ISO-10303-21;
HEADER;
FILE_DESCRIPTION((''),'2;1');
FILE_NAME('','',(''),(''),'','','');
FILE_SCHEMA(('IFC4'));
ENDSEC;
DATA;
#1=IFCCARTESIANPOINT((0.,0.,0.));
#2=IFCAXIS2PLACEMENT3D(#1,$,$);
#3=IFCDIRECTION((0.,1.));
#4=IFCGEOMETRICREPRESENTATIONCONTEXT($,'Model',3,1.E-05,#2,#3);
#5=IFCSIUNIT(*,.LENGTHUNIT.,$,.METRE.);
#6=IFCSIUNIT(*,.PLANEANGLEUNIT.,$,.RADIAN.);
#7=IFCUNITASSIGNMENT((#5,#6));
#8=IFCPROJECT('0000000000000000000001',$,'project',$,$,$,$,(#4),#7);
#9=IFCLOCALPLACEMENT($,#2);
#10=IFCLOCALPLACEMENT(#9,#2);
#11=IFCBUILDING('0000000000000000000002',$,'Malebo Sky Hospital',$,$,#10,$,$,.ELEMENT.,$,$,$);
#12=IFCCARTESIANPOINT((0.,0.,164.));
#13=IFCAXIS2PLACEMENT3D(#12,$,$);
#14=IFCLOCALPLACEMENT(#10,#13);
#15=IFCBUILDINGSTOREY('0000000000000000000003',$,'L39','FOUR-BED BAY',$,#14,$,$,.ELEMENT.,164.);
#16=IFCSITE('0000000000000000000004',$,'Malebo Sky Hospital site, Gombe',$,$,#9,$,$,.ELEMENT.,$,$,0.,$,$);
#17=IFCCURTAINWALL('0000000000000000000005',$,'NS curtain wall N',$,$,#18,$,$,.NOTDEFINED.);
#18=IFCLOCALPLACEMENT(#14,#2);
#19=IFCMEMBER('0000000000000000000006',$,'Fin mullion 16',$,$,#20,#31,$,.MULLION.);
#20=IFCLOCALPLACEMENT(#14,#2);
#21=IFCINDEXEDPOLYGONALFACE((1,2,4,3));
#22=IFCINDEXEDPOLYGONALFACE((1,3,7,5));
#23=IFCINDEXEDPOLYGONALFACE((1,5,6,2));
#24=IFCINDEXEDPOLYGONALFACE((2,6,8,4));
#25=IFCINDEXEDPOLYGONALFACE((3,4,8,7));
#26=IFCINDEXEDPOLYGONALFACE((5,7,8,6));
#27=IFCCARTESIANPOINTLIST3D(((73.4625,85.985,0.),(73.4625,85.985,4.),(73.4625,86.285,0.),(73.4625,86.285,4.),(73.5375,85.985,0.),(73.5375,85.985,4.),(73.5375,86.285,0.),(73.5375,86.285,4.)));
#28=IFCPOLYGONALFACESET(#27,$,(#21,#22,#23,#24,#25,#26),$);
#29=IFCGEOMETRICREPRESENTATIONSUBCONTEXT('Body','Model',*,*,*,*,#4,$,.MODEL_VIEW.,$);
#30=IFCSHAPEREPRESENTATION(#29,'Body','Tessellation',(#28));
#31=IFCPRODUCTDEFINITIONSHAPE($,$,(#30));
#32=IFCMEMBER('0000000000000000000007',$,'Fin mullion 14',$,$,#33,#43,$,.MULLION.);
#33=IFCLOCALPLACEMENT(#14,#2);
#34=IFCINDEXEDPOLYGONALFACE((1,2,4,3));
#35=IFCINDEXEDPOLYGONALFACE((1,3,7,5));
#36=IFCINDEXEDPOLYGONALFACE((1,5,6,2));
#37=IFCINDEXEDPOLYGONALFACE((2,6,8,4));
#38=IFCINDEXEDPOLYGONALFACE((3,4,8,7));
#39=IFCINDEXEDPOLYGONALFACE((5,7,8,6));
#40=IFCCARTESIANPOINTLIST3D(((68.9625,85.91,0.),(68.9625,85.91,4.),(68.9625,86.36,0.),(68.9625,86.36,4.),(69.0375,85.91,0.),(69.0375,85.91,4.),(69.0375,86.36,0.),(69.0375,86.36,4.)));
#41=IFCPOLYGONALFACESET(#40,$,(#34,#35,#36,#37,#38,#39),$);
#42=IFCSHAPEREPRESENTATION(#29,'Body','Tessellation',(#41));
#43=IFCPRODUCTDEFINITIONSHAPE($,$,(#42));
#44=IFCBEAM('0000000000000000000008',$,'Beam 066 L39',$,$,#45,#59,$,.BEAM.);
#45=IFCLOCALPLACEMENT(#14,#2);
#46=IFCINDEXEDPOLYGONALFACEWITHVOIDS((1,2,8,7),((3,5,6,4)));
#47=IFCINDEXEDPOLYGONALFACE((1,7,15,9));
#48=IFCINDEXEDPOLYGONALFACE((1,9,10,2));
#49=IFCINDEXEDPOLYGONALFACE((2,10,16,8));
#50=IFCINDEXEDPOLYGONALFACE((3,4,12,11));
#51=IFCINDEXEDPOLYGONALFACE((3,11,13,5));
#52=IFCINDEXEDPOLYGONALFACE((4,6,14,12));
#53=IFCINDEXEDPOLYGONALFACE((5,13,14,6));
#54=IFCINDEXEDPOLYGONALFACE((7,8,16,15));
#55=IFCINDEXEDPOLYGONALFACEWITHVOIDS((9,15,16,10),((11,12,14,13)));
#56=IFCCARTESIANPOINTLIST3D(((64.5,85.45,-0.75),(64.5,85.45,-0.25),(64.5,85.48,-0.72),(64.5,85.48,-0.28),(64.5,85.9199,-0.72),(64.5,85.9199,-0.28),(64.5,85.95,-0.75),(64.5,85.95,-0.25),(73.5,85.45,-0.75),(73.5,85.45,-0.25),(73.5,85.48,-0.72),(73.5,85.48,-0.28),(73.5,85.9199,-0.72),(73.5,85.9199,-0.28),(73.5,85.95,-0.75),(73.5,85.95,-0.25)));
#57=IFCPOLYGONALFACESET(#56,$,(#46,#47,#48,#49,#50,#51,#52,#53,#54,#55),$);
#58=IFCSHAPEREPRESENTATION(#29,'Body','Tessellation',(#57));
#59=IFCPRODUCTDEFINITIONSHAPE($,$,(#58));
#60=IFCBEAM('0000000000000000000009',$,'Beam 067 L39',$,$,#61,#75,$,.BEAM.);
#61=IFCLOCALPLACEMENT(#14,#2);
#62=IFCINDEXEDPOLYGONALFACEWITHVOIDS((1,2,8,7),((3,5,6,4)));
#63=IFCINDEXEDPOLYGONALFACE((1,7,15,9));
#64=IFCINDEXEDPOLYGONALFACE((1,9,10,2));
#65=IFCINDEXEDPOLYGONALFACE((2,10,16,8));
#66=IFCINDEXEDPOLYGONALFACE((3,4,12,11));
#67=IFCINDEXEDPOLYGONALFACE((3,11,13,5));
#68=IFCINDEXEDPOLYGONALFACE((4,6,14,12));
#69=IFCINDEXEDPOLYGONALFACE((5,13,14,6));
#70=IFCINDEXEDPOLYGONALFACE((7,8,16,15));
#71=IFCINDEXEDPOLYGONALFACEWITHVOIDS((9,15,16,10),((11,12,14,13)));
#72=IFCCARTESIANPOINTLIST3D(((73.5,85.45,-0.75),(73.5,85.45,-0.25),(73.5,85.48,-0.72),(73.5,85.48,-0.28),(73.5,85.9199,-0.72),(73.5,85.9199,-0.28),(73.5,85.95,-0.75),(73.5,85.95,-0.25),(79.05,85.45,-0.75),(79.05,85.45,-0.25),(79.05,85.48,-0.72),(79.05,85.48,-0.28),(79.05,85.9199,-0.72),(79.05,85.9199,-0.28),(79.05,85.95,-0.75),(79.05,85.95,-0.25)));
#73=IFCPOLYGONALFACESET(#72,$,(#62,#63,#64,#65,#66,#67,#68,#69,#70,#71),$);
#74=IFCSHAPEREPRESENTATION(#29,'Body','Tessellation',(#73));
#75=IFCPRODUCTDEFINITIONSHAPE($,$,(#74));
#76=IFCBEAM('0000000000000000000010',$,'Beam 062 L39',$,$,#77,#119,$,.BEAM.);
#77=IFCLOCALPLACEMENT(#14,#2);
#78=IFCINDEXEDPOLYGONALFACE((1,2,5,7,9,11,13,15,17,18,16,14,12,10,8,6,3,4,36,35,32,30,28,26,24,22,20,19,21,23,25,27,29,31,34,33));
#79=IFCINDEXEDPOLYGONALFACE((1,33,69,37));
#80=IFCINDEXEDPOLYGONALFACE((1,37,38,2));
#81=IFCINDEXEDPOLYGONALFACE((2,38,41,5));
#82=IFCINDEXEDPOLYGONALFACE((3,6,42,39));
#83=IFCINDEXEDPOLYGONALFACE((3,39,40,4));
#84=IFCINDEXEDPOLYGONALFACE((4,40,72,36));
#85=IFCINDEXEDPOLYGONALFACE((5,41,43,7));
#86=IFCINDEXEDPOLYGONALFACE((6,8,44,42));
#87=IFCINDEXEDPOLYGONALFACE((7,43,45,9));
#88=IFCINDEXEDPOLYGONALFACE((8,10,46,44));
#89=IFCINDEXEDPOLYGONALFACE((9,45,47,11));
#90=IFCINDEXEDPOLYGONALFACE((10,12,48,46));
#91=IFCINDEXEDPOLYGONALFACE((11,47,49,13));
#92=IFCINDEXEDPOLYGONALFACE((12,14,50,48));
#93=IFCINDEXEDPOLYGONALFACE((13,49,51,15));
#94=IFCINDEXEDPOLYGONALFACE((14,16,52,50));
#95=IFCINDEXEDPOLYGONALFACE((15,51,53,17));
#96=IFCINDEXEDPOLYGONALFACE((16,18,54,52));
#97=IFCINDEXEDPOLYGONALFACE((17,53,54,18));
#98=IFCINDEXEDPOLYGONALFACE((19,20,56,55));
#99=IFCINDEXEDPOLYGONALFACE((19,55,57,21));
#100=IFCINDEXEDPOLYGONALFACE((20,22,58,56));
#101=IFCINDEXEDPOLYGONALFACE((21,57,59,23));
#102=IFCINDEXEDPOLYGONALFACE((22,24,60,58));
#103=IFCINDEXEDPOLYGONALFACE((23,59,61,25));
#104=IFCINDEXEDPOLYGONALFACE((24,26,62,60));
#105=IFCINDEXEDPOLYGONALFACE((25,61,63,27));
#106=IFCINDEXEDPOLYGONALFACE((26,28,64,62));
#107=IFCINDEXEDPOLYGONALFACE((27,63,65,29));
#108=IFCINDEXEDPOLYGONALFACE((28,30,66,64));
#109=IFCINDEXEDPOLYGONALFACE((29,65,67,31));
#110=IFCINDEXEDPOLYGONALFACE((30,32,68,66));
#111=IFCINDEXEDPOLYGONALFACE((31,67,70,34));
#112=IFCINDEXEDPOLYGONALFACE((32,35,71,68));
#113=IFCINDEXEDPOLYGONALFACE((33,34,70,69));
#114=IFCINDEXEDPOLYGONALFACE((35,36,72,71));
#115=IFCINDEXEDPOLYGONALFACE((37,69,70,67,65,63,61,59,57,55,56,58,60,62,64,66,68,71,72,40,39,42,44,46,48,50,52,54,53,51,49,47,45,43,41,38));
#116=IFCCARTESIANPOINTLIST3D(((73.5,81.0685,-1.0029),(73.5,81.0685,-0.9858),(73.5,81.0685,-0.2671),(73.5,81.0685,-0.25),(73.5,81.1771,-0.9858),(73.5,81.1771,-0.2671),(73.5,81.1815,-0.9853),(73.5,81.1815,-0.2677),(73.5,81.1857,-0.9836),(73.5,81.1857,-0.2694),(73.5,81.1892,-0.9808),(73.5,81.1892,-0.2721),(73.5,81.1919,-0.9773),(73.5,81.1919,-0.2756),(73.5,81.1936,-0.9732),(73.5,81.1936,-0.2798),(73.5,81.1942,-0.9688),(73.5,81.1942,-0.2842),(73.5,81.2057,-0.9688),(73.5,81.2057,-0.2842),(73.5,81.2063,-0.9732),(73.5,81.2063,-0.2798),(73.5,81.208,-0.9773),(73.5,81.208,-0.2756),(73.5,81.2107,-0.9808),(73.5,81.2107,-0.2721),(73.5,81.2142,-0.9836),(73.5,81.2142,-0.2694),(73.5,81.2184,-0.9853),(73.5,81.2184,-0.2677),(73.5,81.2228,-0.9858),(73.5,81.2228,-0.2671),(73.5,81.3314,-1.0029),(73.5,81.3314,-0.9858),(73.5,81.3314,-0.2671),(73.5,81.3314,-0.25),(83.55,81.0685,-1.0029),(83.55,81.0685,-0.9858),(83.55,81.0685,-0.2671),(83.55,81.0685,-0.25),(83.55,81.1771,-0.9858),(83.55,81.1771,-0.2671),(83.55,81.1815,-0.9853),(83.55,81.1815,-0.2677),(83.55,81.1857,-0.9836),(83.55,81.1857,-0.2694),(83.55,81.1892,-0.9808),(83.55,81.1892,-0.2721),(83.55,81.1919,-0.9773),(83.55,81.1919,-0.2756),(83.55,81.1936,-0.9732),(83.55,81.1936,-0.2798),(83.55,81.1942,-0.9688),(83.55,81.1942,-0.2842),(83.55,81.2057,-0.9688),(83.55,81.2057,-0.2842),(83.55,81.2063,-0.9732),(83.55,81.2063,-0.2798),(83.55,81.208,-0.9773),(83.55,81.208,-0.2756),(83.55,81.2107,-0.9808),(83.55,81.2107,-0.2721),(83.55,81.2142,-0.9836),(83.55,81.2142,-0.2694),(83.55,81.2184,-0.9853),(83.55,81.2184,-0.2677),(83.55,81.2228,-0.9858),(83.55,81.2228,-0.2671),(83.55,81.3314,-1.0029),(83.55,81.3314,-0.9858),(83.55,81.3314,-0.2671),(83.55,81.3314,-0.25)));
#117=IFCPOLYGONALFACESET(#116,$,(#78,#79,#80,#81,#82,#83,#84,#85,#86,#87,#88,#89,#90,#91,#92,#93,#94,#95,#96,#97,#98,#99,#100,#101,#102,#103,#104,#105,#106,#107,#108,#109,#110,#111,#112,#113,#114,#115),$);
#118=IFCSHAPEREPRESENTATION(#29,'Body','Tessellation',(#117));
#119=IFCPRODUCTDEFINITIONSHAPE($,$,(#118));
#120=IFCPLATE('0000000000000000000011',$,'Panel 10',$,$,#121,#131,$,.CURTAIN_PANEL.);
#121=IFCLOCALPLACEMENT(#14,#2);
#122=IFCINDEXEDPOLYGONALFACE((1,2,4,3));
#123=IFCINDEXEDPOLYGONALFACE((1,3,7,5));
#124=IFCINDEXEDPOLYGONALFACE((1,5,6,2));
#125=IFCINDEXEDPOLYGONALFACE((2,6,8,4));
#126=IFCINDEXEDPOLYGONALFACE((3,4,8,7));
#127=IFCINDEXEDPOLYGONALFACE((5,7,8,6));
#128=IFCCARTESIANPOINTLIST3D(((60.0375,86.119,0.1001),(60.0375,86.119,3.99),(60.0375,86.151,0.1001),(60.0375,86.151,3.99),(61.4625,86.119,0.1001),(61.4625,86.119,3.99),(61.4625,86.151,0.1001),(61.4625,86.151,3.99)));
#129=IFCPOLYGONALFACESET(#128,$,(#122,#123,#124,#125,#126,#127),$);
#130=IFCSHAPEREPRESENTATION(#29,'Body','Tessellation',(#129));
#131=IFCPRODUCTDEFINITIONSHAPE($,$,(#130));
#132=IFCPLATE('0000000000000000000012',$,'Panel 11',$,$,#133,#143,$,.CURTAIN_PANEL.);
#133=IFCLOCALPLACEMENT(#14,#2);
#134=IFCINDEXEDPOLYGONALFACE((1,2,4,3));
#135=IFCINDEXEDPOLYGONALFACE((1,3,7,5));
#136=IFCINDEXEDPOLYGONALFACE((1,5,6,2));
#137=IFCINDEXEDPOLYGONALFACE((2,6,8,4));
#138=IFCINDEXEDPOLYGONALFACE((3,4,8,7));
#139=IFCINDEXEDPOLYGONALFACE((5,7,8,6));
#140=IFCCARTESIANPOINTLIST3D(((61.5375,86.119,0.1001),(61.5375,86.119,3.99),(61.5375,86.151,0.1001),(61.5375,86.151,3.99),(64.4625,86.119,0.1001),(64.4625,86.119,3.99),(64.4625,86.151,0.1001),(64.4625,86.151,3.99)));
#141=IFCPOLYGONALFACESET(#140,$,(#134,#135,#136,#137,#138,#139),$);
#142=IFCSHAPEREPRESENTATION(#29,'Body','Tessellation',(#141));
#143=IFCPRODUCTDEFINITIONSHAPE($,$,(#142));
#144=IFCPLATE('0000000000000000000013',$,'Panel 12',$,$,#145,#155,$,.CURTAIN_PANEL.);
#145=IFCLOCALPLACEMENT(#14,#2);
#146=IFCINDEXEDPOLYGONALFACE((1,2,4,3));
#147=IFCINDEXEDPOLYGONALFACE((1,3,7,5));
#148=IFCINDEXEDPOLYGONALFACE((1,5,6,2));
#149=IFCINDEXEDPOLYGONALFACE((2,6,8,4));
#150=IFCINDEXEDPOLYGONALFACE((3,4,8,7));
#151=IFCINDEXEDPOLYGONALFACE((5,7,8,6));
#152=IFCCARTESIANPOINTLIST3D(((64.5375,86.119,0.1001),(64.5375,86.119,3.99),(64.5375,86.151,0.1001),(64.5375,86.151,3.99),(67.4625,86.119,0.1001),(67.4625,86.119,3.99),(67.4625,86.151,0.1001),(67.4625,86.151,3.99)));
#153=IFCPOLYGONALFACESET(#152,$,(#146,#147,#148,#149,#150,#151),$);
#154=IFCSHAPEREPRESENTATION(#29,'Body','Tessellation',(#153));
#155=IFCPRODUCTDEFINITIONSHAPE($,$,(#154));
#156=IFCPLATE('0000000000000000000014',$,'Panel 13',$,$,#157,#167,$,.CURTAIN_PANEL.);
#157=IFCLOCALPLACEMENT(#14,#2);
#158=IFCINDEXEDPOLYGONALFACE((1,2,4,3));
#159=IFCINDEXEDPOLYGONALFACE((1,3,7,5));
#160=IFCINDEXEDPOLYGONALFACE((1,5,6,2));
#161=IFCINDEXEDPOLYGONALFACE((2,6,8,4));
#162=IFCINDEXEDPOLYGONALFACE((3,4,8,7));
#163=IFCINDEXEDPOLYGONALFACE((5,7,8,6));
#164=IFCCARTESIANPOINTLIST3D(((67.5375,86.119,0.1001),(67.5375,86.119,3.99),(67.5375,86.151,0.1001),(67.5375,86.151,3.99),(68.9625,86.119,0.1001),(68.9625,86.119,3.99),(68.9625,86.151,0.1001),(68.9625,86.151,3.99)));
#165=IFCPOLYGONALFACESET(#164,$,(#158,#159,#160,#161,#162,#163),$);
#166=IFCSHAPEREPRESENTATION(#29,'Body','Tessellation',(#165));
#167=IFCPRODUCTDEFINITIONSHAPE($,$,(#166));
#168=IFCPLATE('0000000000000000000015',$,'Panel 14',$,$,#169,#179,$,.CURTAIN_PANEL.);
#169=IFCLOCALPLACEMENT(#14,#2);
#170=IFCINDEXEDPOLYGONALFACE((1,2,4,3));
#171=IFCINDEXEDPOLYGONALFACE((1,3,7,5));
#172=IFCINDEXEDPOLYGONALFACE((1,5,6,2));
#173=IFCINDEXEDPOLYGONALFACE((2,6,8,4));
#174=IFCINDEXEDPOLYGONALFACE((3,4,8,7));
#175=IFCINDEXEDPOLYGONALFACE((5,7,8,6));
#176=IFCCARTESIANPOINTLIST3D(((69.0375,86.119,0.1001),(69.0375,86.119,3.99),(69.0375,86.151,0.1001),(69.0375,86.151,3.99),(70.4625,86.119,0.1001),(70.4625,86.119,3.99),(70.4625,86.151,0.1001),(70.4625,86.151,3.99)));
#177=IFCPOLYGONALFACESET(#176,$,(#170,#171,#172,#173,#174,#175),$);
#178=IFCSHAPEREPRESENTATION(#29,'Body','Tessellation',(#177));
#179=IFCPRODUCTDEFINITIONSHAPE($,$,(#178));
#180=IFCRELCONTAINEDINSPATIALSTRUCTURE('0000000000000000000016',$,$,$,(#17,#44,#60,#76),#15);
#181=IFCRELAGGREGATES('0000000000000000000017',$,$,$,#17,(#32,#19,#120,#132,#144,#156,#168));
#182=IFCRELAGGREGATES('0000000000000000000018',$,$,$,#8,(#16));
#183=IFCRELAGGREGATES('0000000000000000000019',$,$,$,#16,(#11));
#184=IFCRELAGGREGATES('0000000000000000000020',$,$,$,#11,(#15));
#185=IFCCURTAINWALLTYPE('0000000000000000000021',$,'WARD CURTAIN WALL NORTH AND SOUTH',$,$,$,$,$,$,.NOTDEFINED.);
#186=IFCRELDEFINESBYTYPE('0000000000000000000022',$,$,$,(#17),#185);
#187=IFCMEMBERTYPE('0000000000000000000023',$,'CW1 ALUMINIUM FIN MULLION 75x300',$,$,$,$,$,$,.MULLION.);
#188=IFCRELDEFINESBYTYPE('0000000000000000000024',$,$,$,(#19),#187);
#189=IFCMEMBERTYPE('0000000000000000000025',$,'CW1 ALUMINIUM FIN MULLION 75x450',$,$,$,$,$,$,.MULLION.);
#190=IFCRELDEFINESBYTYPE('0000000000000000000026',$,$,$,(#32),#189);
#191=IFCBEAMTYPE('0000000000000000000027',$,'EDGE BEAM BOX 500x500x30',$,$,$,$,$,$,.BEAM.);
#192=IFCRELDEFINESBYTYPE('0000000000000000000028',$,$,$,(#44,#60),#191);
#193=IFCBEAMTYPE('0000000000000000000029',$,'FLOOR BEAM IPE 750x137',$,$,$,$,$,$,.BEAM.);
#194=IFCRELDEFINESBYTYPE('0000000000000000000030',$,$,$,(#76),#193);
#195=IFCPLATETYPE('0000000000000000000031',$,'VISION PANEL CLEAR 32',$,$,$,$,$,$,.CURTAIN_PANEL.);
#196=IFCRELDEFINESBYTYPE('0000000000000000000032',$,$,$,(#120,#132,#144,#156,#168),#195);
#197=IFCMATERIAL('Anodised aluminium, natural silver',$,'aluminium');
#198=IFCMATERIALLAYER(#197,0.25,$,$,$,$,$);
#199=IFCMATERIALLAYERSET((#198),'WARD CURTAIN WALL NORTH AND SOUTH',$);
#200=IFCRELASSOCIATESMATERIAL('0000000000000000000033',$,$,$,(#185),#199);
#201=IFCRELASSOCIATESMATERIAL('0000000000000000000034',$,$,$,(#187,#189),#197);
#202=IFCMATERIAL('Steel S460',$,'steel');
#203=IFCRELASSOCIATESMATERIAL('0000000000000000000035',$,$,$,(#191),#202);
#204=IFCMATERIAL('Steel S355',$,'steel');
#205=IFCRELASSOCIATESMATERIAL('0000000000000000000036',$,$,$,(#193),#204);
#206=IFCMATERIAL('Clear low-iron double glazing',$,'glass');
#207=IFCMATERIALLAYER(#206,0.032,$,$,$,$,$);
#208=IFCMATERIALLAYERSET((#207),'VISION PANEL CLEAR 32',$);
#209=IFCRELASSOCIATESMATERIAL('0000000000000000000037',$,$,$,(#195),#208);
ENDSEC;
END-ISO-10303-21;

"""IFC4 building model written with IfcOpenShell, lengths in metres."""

from ifc_helpers import new_model, si_unit, direction, frame, origin, origin_2d, place, context, subcontext, project, spatial, rectangle, hollow_rectangle, i_section, extrude, material, layer, layer_set, material_profile, profile_set, type_object, element, aggregate, save


model = new_model("IFC4")

# Units and contexts
model_context = context("Model", 3, precision=1e-05, world=origin(), true_north=direction((0.0, 1.0)))
body_context = subcontext(model_context, "Body", "Model", "MODEL_VIEW")
ifc_project = project(units=[si_unit("LENGTHUNIT", "METRE"), si_unit("PLANEANGLEUNIT", "RADIAN")], contexts=[model_context])

# Site, building, storey
site_placement = place(None, origin())
site = spatial("IfcSite", under=ifc_project, at=site_placement, Name="Malebo Sky Hospital site, Gombe", CompositionType="ELEMENT", RefElevation=0.0)
building_placement = place(site_placement, origin())
building = spatial("IfcBuilding", under=site, at=building_placement, Name="Malebo Sky Hospital", CompositionType="ELEMENT")
storey_placement = place(building_placement, frame((0.0, 0.0, 164.0)))
storey = spatial("IfcBuildingStorey", under=building, at=storey_placement, Name="L39", Description="FOUR-BED BAY", CompositionType="ELEMENT", Elevation=164.0)

# Shared definitions
ifc_material_1 = material(Name="Steel S460", Category="steel")

# Curtain wall
ifc_material_2 = material(Name="Anodised aluminium, natural silver", Category="aluminium")
ifc_layer_1 = layer(ifc_material_2, 0.25)
ifc_layer_set_1 = layer_set([ifc_layer_1], Name="WARD CURTAIN WALL NORTH AND SOUTH")
curtain_wall_type = type_object("IfcCurtainWallType", Name="WARD CURTAIN WALL NORTH AND SOUTH", PredefinedType="NOTDEFINED", material=ifc_layer_set_1)
curtain_wall_placement = place(storey_placement, origin())
curtain_wall = element("IfcCurtainWall", 1, at=curtain_wall_placement, inside=storey, type_object=curtain_wall_type, Name="NS curtain wall N", PredefinedType="NOTDEFINED")

# Members
ifc_material_3 = material(Name="Steel S355", Category="steel")
ifc_material_profile_1 = material_profile(ifc_material_2, rectangle(XDim=0.075, YDim=0.3, at=origin_2d()), Name="CW1 ALUMINIUM FIN MULLION 75x300")
ifc_profile_set_1 = profile_set([ifc_material_profile_1], Name="Anodised aluminium, natural silver")
member_type_1 = type_object("IfcMemberType", Name="CW1 ALUMINIUM FIN MULLION 75x300", PredefinedType="MULLION", material=ifc_profile_set_1)
member_1_placement = place(storey_placement, frame((73.5, 86.135, 0.0), z_axis=(0.0, 0.0, 1.0), x_axis=(1.0, 0.0, 0.0)))
member_1 = element("IfcMember", 2, at=member_1_placement, type_object=member_type_1, Name="Fin mullion 16", PredefinedType="MULLION", context=body_context, shape_type="SweptSolid", body=[
    extrude(rectangle(XDim=0.075, YDim=0.3, at=origin_2d()), origin(), (0.0, 0.0, 1.0), 4.0),
])
ifc_material_profile_2 = material_profile(ifc_material_2, rectangle(XDim=0.075, YDim=0.45, at=origin_2d()), Name="CW1 ALUMINIUM FIN MULLION 75x450")
ifc_profile_set_2 = profile_set([ifc_material_profile_2], Name="Anodised aluminium, natural silver")
member_type_2 = type_object("IfcMemberType", Name="CW1 ALUMINIUM FIN MULLION 75x450", PredefinedType="MULLION", material=ifc_profile_set_2)
member_2_placement = place(storey_placement, frame((69.0, 86.135, 0.0), z_axis=(0.0, 0.0, 1.0), x_axis=(1.0, 0.0, 0.0)))
member_2 = element("IfcMember", 3, at=member_2_placement, type_object=member_type_2, Name="Fin mullion 14", PredefinedType="MULLION", context=body_context, shape_type="SweptSolid", body=[
    extrude(rectangle(XDim=0.075, YDim=0.45, at=origin_2d()), origin(), (0.0, 0.0, 1.0), 4.0),
])

# Beams
ifc_material_profile_3 = material_profile(ifc_material_1, hollow_rectangle(XDim=0.5, YDim=0.5, WallThickness=0.03, at=origin_2d()), Name="BOX 500x500x30")
ifc_profile_set_3 = profile_set([ifc_material_profile_3], Name="Steel S460")
beam_type_1 = type_object("IfcBeamType", Name="EDGE BEAM BOX 500x500x30", PredefinedType="BEAM", material=ifc_profile_set_3)
beam_1_placement = place(storey_placement, frame((64.5, 85.7, -0.5), z_axis=(1.0, 0.0, 0.0), x_axis=(0.0, 1.0, 0.0)))
element("IfcBeam", 4, at=beam_1_placement, inside=storey, type_object=beam_type_1, Name="Beam 066 L39", PredefinedType="BEAM", context=body_context, shape_type="SweptSolid", body=[
    extrude(hollow_rectangle(XDim=0.5, YDim=0.5, WallThickness=0.03, at=origin_2d()), origin(), (0.0, 0.0, 1.0), 9.0),
])
beam_2_placement = place(storey_placement, frame((73.5, 85.7, -0.5), z_axis=(1.0, 0.0, 0.0), x_axis=(0.0, 1.0, 0.0)))
element("IfcBeam", 5, at=beam_2_placement, inside=storey, type_object=beam_type_1, Name="Beam 067 L39", PredefinedType="BEAM", context=body_context, shape_type="SweptSolid", body=[
    extrude(hollow_rectangle(XDim=0.5, YDim=0.5, WallThickness=0.03, at=origin_2d()), origin(), (0.0, 0.0, 1.0), 5.55),
])
ifc_material_profile_4 = material_profile(ifc_material_3, i_section(OverallWidth=0.2629, OverallDepth=0.7529, WebThickness=0.0115, FlangeThickness=0.0171, FilletRadius=0.0171, at=origin_2d()), Name="IPE 750x137")
ifc_profile_set_4 = profile_set([ifc_material_profile_4], Name="Steel S355")
beam_type_2 = type_object("IfcBeamType", Name="FLOOR BEAM IPE 750x137", PredefinedType="BEAM", material=ifc_profile_set_4)
beam_3_placement = place(storey_placement, frame((73.5, 81.2, -0.6265), z_axis=(1.0, 0.0, 0.0), x_axis=(0.0, 1.0, 0.0)))
element("IfcBeam", 6, at=beam_3_placement, inside=storey, type_object=beam_type_2, Name="Beam 062 L39", PredefinedType="BEAM", context=body_context, shape_type="SweptSolid", body=[
    extrude(i_section(OverallWidth=0.2629, OverallDepth=0.7529, WebThickness=0.0115, FlangeThickness=0.0171, FilletRadius=0.0171, at=origin_2d()), origin(), (0.0, 0.0, 1.0), 10.05),
])

# Plates
ifc_material_4 = material(Name="Clear low-iron double glazing", Category="glass")
ifc_layer_2 = layer(ifc_material_4, 0.032)
ifc_layer_set_2 = layer_set([ifc_layer_2], Name="VISION PANEL CLEAR 32")
plate_type = type_object("IfcPlateType", Name="VISION PANEL CLEAR 32", PredefinedType="CURTAIN_PANEL", material=ifc_layer_set_2)
plate_1_placement = place(storey_placement, frame((60.75, 86.135, 0.1001), z_axis=(0.0, 0.0, 1.0), x_axis=(1.0, 0.0, 0.0)))
plate_1 = element("IfcPlate", 7, at=plate_1_placement, type_object=plate_type, Name="Panel 10", PredefinedType="CURTAIN_PANEL", context=body_context, shape_type="SweptSolid", body=[
    extrude(rectangle(XDim=1.425, YDim=0.032, at=origin_2d()), origin(), (0.0, 0.0, 1.0), 3.8899),
])
plate_2_placement = place(storey_placement, frame((63.0, 86.135, 0.1001), z_axis=(0.0, 0.0, 1.0), x_axis=(1.0, 0.0, 0.0)))
plate_2 = element("IfcPlate", 8, at=plate_2_placement, type_object=plate_type, Name="Panel 11", PredefinedType="CURTAIN_PANEL", context=body_context, shape_type="SweptSolid", body=[
    extrude(rectangle(XDim=2.925, YDim=0.032, at=origin_2d()), origin(), (0.0, 0.0, 1.0), 3.8899),
])
plate_3_placement = place(storey_placement, frame((66.0, 86.135, 0.1001), z_axis=(0.0, 0.0, 1.0), x_axis=(1.0, 0.0, 0.0)))
plate_3 = element("IfcPlate", 9, at=plate_3_placement, type_object=plate_type, Name="Panel 12", PredefinedType="CURTAIN_PANEL", context=body_context, shape_type="SweptSolid", body=[
    extrude(rectangle(XDim=2.925, YDim=0.032, at=origin_2d()), origin(), (0.0, 0.0, 1.0), 3.8899),
])
plate_4_placement = place(storey_placement, frame((68.25, 86.135, 0.1001), z_axis=(0.0, 0.0, 1.0), x_axis=(1.0, 0.0, 0.0)))
plate_4 = element("IfcPlate", 10, at=plate_4_placement, type_object=plate_type, Name="Panel 13", PredefinedType="CURTAIN_PANEL", context=body_context, shape_type="SweptSolid", body=[
    extrude(rectangle(XDim=1.425, YDim=0.032, at=origin_2d()), origin(), (0.0, 0.0, 1.0), 3.8899),
])
plate_5_placement = place(storey_placement, frame((69.75, 86.135, 0.1001), z_axis=(0.0, 0.0, 1.0), x_axis=(1.0, 0.0, 0.0)))
plate_5 = element("IfcPlate", 11, at=plate_5_placement, type_object=plate_type, Name="Panel 14", PredefinedType="CURTAIN_PANEL", context=body_context, shape_type="SweptSolid", body=[
    extrude(rectangle(XDim=1.425, YDim=0.032, at=origin_2d()), origin(), (0.0, 0.0, 1.0), 3.8899),
])
aggregate(curtain_wall, [member_2, member_1, plate_1, plate_2, plate_3, plate_4, plate_5])

save(model, "model.ifc")
